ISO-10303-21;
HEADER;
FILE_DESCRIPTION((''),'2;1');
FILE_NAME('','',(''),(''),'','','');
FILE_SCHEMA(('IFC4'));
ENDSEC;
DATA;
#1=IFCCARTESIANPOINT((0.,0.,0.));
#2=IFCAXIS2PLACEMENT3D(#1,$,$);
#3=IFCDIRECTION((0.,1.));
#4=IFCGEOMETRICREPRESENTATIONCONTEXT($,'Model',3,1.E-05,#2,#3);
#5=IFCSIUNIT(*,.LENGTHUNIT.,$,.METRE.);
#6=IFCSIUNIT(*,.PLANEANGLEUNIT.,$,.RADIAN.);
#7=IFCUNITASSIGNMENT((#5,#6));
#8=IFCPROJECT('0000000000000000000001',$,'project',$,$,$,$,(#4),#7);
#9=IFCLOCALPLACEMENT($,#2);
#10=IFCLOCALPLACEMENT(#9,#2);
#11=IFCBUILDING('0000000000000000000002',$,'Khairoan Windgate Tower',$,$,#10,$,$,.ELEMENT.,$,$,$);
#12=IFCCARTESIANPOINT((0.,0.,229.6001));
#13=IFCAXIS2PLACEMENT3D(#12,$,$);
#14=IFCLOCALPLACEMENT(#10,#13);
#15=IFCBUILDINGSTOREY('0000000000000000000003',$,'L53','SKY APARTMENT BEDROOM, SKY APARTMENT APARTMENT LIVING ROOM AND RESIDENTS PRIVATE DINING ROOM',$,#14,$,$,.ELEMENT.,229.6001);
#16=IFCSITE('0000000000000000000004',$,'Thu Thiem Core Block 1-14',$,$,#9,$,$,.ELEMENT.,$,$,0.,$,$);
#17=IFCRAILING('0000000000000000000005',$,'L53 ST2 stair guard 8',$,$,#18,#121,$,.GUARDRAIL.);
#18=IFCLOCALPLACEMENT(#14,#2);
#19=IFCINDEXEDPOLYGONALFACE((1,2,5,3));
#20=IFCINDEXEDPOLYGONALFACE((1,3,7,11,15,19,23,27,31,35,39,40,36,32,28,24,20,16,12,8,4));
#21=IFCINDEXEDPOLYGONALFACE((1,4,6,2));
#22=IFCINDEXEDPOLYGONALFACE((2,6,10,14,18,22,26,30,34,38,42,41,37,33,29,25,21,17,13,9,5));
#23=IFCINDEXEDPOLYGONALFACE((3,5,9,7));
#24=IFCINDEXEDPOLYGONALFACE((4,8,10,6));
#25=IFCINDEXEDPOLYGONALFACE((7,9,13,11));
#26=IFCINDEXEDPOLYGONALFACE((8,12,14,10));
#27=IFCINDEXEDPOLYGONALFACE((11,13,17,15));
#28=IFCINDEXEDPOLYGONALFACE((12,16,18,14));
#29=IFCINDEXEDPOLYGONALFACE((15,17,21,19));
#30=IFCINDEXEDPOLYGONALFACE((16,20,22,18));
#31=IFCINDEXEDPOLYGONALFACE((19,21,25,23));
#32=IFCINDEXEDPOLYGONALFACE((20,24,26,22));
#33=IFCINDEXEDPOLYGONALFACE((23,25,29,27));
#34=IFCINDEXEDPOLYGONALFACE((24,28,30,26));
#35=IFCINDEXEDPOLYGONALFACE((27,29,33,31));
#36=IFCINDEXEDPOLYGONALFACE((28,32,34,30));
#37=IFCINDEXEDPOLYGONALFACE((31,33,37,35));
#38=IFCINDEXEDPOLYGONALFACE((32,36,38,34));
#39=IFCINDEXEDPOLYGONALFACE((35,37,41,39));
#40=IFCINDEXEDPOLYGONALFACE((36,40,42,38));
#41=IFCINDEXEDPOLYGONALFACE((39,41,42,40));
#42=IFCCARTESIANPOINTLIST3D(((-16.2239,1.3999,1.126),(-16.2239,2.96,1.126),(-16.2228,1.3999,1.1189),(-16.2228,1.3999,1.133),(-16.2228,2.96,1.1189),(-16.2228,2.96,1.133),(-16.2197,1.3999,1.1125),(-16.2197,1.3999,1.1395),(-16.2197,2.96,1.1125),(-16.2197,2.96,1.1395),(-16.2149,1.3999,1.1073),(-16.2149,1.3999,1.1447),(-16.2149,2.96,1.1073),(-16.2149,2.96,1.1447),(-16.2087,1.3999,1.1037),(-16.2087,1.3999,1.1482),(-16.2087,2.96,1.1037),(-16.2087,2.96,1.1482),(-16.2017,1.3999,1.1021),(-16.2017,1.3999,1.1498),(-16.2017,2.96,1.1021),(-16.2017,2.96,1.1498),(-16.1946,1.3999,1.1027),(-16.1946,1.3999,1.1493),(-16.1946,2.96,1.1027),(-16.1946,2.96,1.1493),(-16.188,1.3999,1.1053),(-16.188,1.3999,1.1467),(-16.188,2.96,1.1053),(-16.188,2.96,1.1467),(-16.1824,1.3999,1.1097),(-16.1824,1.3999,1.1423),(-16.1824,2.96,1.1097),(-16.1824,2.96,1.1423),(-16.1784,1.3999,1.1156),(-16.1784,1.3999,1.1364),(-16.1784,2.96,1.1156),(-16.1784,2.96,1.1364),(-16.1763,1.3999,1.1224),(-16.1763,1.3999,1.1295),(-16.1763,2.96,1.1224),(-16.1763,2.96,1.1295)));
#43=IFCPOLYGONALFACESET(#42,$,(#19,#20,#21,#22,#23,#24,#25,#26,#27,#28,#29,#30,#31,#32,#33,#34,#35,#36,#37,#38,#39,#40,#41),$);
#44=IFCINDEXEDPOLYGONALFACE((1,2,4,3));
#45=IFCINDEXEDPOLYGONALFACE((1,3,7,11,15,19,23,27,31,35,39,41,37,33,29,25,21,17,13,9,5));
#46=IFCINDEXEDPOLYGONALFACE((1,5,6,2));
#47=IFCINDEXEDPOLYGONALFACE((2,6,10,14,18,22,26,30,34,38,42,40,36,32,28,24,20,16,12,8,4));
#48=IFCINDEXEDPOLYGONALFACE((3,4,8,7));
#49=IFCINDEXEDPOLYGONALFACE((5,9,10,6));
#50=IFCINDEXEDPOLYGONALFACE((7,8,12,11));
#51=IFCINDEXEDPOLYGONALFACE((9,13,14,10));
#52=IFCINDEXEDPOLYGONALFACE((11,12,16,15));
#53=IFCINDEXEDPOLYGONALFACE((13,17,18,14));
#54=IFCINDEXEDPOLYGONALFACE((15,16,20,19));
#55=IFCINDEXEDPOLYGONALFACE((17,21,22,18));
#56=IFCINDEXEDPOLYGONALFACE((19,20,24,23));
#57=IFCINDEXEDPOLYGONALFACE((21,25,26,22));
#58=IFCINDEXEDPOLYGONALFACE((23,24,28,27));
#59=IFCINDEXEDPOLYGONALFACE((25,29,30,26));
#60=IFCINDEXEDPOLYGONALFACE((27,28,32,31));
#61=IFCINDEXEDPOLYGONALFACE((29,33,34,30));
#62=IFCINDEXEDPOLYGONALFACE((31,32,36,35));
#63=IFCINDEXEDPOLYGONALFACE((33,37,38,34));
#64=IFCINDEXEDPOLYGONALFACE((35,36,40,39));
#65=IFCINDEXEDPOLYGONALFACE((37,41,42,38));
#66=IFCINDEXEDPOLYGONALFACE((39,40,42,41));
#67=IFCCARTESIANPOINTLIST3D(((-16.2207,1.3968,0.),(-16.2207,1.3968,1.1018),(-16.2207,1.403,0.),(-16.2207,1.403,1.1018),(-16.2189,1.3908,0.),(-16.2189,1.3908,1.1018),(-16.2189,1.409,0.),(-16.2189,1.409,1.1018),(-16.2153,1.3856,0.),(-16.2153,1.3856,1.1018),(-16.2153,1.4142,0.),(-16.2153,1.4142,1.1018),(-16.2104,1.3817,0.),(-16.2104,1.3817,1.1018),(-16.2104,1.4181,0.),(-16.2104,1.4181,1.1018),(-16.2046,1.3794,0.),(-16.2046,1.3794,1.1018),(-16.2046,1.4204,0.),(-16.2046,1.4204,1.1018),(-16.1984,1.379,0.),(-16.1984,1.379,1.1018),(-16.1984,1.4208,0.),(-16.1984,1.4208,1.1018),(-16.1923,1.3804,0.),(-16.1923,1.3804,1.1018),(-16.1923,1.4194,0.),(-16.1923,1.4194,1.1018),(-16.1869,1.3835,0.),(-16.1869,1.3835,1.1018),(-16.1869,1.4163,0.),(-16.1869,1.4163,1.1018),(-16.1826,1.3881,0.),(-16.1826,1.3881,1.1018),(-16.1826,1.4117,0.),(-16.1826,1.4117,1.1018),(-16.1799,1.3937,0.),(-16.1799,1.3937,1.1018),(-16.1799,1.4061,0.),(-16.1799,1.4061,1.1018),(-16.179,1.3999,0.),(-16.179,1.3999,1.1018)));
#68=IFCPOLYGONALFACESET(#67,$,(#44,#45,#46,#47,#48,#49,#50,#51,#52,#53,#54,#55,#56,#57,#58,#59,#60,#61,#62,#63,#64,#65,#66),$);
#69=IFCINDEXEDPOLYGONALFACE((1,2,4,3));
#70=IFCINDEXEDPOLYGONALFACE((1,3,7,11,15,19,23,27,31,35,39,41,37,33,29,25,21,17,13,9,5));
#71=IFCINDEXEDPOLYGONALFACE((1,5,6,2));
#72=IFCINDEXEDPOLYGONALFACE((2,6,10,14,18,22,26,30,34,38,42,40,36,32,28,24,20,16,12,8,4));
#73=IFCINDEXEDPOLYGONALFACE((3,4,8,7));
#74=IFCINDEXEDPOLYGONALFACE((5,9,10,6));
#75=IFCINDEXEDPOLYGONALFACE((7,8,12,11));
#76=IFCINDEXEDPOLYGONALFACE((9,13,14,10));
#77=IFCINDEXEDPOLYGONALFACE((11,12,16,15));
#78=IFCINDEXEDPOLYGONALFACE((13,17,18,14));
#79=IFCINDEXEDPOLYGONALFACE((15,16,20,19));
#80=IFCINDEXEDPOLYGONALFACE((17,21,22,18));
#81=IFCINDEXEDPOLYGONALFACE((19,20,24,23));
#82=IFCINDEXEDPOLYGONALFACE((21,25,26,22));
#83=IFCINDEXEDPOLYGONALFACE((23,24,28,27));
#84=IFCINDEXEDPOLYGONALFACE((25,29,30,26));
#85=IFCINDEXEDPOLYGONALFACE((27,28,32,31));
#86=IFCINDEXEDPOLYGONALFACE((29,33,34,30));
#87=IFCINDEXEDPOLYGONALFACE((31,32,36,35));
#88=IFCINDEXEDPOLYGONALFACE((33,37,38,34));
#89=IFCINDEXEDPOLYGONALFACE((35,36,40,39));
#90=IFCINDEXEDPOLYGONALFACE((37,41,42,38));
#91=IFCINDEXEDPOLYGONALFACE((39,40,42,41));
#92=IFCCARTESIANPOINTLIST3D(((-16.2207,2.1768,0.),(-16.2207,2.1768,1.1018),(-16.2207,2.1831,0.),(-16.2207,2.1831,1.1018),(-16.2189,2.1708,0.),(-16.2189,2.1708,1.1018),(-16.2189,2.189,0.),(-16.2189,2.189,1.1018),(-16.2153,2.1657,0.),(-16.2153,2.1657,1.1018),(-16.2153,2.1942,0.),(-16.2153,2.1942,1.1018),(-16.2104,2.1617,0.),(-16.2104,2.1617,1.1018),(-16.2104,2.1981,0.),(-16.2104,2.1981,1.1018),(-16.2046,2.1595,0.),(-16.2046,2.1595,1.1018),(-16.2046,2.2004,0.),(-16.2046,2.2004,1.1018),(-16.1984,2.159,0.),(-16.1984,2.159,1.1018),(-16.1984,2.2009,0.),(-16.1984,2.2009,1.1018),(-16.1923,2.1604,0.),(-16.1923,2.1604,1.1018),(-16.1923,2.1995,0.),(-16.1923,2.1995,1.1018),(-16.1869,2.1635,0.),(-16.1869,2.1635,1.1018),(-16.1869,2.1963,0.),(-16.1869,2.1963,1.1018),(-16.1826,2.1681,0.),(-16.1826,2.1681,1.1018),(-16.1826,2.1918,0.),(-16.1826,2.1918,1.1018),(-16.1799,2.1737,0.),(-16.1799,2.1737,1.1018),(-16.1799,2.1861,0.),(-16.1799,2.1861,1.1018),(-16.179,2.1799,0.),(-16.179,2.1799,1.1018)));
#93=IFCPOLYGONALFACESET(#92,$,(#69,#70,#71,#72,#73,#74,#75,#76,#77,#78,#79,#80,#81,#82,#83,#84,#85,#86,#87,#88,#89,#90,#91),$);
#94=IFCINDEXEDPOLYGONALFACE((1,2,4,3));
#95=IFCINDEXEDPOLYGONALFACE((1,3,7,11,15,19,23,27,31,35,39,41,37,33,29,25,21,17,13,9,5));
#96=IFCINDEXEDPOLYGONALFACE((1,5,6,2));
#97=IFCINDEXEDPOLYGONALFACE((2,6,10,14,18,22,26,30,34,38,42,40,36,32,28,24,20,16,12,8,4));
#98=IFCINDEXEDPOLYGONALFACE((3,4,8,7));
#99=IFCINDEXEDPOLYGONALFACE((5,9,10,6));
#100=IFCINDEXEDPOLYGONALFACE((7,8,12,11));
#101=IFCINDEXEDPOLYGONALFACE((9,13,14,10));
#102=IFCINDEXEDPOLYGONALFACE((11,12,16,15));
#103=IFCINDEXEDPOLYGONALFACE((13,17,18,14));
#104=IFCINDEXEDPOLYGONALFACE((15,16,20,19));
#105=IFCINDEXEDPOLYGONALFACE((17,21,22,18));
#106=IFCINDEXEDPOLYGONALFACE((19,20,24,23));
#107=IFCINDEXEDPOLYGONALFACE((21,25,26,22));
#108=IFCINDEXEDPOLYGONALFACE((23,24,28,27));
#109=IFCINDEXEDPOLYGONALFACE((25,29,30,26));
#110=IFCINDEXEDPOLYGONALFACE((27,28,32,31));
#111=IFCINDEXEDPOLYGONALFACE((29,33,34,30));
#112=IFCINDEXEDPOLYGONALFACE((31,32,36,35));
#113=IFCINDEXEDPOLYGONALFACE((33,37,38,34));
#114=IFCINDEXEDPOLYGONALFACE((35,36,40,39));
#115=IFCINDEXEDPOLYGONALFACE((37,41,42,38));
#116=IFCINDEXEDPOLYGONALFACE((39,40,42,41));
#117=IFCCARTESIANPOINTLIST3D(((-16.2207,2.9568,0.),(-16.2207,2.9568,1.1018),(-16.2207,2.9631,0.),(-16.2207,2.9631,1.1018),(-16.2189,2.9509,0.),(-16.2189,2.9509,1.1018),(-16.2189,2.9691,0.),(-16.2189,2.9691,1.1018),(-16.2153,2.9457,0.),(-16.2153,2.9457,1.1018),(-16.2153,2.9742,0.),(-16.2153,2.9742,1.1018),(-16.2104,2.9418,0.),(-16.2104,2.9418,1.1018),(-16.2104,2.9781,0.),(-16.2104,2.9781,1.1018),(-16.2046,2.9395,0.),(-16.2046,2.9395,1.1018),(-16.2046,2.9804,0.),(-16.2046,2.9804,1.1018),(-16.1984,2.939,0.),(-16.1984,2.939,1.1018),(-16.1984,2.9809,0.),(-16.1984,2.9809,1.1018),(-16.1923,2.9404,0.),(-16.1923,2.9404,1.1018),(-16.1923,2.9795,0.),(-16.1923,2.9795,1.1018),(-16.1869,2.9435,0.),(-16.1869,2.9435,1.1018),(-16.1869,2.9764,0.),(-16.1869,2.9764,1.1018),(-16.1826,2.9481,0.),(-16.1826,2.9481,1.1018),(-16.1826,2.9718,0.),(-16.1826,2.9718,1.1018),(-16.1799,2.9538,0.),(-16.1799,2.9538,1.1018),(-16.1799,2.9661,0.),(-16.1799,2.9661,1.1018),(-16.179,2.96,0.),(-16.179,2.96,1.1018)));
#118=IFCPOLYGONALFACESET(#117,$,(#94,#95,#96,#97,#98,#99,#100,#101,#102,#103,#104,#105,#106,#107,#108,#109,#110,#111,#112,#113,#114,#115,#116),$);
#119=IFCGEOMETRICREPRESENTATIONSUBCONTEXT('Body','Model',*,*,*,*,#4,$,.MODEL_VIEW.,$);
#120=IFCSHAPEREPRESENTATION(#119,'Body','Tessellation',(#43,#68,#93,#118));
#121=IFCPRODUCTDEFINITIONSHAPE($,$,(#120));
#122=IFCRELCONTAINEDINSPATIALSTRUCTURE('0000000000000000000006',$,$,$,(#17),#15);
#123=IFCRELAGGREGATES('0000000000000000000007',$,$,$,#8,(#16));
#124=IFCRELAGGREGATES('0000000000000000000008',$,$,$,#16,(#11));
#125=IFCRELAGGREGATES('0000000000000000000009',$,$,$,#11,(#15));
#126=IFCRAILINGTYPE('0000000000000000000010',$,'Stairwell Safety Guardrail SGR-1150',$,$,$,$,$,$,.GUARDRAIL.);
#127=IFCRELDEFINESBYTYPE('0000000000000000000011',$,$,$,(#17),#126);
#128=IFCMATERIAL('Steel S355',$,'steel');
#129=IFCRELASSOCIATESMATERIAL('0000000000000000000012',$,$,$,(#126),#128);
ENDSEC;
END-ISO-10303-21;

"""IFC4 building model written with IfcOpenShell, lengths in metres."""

from ifc_helpers import new_model, si_unit, direction, frame, origin, origin_2d, place, context, subcontext, project, spatial, circle, extrude, material, type_object, element, save


model = new_model("IFC4")

# Units and contexts
model_context = context("Model", 3, precision=1e-05, world=origin(), true_north=direction((0.0, 1.0)))
body_context = subcontext(model_context, "Body", "Model", "MODEL_VIEW")
ifc_project = project(units=[si_unit("LENGTHUNIT", "METRE"), si_unit("PLANEANGLEUNIT", "RADIAN")], contexts=[model_context])

# Site, building, storey
site_placement = place(None, origin())
site = spatial("IfcSite", under=ifc_project, at=site_placement, Name="Thu Thiem Core Block 1-14", CompositionType="ELEMENT", RefElevation=0.0)
building_placement = place(site_placement, origin())
building = spatial("IfcBuilding", under=site, at=building_placement, Name="Khairoan Windgate Tower", CompositionType="ELEMENT")
storey_placement = place(building_placement, frame((0.0, 0.0, 229.6001)))
storey = spatial("IfcBuildingStorey", under=building, at=storey_placement, Name="L53", Description="SKY APARTMENT BEDROOM, SKY APARTMENT APARTMENT LIVING ROOM AND RESIDENTS PRIVATE DINING ROOM", CompositionType="ELEMENT", Elevation=229.6001)

# Railing
ifc_material_1 = material(Name="Steel S355", Category="steel")
railing_type_1 = type_object("IfcRailingType", Name="Stairwell Safety Guardrail SGR-1150", PredefinedType="GUARDRAIL", material=ifc_material_1)
railing_1_placement = place(storey_placement, frame((-16.2, 1.3999, 0.0)))
element("IfcRailing", 1, at=railing_1_placement, inside=storey, type_object=railing_type_1, Name="L53 ST2 stair guard 8", PredefinedType="GUARDRAIL", context=body_context, shape_type="SweptSolid", body=[
    extrude(circle(Radius=0.0239, at=origin_2d()), frame((0.0, 0.0, 1.126), z_axis=(0.0, 1.0, 0.0), x_axis=(-1.0, 0.0, 0.0)), (0.0, 0.0, 1.0), 1.5601),
    extrude(circle(Radius=0.021, at=origin_2d()), origin(), (0.0, 0.0, 1.0), 1.1018),
    extrude(circle(Radius=0.021, at=origin_2d()), frame((0.0, 0.78, 0.0)), (0.0, 0.0, 1.0), 1.1018),
    extrude(circle(Radius=0.021, at=origin_2d()), frame((0.0, 1.5601, 0.0)), (0.0, 0.0, 1.0), 1.1018),
])

save(model, "model.ifc")
